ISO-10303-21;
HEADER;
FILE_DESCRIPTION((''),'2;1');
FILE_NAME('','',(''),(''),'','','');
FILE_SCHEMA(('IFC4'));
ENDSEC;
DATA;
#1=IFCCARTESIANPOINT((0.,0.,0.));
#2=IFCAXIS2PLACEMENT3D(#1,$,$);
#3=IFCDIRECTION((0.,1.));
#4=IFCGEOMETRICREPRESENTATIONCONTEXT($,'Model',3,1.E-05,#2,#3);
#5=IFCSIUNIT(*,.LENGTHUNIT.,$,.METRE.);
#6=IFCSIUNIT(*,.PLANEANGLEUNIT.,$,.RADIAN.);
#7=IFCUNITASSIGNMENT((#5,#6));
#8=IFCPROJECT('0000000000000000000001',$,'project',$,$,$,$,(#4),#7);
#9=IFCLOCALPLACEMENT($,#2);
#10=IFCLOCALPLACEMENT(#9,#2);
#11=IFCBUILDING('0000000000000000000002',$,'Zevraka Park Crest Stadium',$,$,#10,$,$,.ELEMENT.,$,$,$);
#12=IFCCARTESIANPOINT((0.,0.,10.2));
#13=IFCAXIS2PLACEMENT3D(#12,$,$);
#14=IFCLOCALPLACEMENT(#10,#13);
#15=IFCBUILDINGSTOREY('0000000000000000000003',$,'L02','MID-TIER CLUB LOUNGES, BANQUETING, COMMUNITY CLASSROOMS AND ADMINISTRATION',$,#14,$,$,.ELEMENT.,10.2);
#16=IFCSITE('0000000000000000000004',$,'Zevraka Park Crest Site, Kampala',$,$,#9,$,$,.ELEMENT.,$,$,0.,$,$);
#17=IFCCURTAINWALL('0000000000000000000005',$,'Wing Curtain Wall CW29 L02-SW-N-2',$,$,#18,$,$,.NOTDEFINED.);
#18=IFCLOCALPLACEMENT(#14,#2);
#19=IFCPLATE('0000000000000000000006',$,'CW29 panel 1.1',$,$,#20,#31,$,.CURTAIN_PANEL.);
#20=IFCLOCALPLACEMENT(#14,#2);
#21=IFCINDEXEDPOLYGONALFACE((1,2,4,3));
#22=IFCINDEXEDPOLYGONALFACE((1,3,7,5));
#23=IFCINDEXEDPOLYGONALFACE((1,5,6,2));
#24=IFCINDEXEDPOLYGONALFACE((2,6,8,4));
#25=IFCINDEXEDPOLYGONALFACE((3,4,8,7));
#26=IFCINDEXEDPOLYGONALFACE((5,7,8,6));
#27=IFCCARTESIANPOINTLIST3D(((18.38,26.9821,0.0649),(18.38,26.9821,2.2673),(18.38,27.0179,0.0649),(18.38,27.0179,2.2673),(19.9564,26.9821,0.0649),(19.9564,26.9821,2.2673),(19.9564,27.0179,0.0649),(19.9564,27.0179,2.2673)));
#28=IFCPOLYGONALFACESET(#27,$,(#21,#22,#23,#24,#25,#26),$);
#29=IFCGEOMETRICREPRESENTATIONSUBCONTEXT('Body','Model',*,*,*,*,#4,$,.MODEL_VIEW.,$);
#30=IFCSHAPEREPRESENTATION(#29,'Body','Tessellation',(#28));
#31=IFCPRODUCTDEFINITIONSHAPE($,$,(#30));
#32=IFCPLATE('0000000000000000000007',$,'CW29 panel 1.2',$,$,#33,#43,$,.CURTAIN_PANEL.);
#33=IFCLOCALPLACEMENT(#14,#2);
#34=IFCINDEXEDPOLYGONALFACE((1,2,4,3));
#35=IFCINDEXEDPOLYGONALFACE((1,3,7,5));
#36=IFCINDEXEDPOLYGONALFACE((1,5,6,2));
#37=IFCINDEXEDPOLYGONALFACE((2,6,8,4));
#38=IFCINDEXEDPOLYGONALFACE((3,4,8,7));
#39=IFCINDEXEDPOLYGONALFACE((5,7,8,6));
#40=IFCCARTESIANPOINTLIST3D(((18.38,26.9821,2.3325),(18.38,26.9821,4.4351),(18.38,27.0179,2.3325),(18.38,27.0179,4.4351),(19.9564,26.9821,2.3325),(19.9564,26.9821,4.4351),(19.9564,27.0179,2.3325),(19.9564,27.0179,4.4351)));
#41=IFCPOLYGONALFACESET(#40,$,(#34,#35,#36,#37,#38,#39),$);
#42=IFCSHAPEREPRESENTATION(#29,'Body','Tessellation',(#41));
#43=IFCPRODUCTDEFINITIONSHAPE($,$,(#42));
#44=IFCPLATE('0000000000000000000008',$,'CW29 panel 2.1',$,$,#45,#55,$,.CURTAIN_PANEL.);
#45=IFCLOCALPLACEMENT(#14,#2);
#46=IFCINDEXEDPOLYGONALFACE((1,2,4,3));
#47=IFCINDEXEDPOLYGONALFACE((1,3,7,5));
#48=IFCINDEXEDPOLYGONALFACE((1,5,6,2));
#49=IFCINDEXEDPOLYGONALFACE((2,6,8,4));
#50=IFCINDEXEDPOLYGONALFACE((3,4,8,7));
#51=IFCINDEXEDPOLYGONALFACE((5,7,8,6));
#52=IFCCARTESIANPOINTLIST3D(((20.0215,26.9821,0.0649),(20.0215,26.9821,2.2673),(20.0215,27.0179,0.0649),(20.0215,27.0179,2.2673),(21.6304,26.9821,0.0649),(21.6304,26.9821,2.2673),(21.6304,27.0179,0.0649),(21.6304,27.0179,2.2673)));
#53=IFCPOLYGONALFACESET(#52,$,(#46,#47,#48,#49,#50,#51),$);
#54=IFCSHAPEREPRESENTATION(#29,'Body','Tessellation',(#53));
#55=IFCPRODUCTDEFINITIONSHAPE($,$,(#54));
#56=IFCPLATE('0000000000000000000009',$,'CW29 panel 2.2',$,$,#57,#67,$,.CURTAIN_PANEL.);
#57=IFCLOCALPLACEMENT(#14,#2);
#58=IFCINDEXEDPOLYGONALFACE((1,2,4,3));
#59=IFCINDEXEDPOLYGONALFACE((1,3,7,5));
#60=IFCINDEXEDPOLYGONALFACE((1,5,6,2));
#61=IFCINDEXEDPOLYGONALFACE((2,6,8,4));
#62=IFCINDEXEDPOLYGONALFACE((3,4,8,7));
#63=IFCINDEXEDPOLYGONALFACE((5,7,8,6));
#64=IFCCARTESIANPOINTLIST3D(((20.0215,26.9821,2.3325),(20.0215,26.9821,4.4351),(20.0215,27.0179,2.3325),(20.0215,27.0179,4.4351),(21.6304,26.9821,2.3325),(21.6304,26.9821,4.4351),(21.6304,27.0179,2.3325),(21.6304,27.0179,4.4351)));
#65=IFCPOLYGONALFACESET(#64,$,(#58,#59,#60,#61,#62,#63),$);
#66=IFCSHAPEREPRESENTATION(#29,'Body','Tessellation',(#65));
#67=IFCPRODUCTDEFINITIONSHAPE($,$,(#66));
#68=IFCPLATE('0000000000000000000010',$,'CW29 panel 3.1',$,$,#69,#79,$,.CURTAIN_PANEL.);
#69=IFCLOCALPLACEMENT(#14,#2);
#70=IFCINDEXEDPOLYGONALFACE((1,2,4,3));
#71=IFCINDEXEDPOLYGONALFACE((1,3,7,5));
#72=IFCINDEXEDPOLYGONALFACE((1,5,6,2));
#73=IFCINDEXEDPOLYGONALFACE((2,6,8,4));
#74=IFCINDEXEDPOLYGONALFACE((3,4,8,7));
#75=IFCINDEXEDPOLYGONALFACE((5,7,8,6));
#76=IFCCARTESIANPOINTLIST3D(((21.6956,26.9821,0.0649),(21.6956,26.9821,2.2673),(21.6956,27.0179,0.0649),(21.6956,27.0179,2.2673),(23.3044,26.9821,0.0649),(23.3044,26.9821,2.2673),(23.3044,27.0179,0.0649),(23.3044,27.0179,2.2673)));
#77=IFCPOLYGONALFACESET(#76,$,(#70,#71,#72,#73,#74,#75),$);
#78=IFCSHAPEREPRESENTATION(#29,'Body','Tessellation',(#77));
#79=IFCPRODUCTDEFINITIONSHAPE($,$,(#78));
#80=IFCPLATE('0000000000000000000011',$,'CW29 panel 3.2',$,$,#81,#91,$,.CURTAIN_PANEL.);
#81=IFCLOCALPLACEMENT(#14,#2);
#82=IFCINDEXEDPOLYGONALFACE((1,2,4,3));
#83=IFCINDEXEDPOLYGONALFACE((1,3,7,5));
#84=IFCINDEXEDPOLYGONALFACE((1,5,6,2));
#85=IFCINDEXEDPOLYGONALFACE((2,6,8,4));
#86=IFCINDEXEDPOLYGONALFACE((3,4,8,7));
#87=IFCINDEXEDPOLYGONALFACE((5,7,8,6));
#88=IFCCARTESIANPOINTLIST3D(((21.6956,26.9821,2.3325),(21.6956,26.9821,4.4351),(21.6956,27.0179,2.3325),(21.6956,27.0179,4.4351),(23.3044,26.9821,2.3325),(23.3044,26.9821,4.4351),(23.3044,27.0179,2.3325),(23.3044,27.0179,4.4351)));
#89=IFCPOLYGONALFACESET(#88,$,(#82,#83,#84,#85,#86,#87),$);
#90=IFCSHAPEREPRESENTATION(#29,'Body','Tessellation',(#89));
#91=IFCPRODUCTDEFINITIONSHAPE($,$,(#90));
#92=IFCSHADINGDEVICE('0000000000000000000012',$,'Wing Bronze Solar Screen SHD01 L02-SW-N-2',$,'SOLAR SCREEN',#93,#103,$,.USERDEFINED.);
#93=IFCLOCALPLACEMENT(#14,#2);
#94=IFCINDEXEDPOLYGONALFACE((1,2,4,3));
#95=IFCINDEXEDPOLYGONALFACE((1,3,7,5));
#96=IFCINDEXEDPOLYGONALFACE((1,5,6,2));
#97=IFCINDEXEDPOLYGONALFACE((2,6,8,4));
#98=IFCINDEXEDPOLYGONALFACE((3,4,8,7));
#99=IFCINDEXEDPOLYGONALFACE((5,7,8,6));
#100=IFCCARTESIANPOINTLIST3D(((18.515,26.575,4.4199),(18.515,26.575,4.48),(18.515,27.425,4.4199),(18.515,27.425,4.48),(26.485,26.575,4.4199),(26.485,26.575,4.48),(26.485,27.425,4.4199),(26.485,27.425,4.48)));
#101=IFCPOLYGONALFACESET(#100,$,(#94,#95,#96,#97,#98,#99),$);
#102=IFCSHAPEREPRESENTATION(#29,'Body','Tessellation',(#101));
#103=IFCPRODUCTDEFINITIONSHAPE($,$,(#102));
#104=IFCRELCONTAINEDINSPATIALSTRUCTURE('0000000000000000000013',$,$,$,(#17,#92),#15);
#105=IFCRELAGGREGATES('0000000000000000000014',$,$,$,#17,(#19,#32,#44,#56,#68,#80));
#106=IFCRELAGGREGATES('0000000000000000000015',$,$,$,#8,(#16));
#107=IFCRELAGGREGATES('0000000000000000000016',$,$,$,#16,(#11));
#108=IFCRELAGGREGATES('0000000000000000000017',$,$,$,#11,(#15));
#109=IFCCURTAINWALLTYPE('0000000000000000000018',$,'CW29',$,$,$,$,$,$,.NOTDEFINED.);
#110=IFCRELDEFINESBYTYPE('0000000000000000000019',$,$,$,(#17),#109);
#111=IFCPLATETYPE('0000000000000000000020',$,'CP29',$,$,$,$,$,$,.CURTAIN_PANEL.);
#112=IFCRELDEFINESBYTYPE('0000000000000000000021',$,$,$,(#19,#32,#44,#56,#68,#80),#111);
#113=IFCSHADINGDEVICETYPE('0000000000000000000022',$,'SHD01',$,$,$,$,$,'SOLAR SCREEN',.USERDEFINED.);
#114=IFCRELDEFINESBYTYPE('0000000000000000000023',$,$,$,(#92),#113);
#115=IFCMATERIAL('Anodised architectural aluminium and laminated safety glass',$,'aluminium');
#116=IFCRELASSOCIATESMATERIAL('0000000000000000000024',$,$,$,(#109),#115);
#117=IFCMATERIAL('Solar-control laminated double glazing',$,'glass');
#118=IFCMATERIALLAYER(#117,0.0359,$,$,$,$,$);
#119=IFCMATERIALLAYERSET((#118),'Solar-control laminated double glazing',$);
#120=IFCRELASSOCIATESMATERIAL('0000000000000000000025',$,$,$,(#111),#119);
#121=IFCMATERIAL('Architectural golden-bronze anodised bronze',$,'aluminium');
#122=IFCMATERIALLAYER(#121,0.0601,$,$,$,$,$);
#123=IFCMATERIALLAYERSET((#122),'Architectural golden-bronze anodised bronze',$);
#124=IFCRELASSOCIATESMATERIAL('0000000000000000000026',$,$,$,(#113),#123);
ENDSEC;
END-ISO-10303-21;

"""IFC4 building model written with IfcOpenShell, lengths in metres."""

from ifc_helpers import new_model, si_unit, direction, frame, origin, origin_2d, place, context, subcontext, project, spatial, rectangle, extrude, material, layer, layer_set, type_object, element, aggregate, save


model = new_model("IFC4")

# Units and contexts
model_context = context("Model", 3, precision=1e-05, world=origin(), true_north=direction((0.0, 1.0)))
body_context = subcontext(model_context, "Body", "Model", "MODEL_VIEW")
ifc_project = project(units=[si_unit("LENGTHUNIT", "METRE"), si_unit("PLANEANGLEUNIT", "RADIAN")], contexts=[model_context])

# Site, building, storey
site_placement = place(None, origin())
site = spatial("IfcSite", under=ifc_project, at=site_placement, Name="Zevraka Park Crest Site, Kampala", CompositionType="ELEMENT", RefElevation=0.0)
building_placement = place(site_placement, origin())
building = spatial("IfcBuilding", under=site, at=building_placement, Name="Zevraka Park Crest Stadium", CompositionType="ELEMENT")
storey_placement = place(building_placement, frame((0.0, 0.0, 10.2)))
storey = spatial("IfcBuildingStorey", under=building, at=storey_placement, Name="L02", Description="MID-TIER CLUB LOUNGES, BANQUETING, COMMUNITY CLASSROOMS AND ADMINISTRATION", CompositionType="ELEMENT", Elevation=10.2)

# Curtain wall, plates
ifc_material_1 = material(Name="Anodised architectural aluminium and laminated safety glass", Category="aluminium")
curtain_wall_type = type_object("IfcCurtainWallType", Name="CW29", PredefinedType="NOTDEFINED", material=ifc_material_1)
curtain_wall_placement = place(storey_placement, origin())
curtain_wall = element("IfcCurtainWall", 1, at=curtain_wall_placement, inside=storey, type_object=curtain_wall_type, Name="Wing Curtain Wall CW29 L02-SW-N-2", PredefinedType="NOTDEFINED")
ifc_material_2 = material(Name="Solar-control laminated double glazing", Category="glass")
ifc_layer_1 = layer(ifc_material_2, 0.0359)
ifc_layer_set_1 = layer_set([ifc_layer_1], Name="Solar-control laminated double glazing")
plate_type = type_object("IfcPlateType", Name="CP29", PredefinedType="CURTAIN_PANEL", material=ifc_layer_set_1)
plate_1_placement = place(storey_placement, frame((19.1682, 27.0, 0.0649), z_axis=(0.0, 0.0, 1.0), x_axis=(1.0, 0.0, 0.0)))
plate_1 = element("IfcPlate", 2, at=plate_1_placement, type_object=plate_type, Name="CW29 panel 1.1", PredefinedType="CURTAIN_PANEL", context=body_context, shape_type="SweptSolid", body=[
    extrude(rectangle(XDim=1.5764, YDim=0.0359, at=origin_2d()), origin(), (0.0, 0.0, 1.0), 2.2024),
])
plate_2_placement = place(storey_placement, frame((19.1682, 27.0, 2.3325), z_axis=(0.0, 0.0, 1.0), x_axis=(1.0, 0.0, 0.0)))
plate_2 = element("IfcPlate", 3, at=plate_2_placement, type_object=plate_type, Name="CW29 panel 1.2", PredefinedType="CURTAIN_PANEL", context=body_context, shape_type="SweptSolid", body=[
    extrude(rectangle(XDim=1.5764, YDim=0.0359, at=origin_2d()), origin(), (0.0, 0.0, 1.0), 2.1025),
])
plate_3_placement = place(storey_placement, frame((20.8259, 27.0, 0.0649), z_axis=(0.0, 0.0, 1.0), x_axis=(1.0, 0.0, 0.0)))
plate_3 = element("IfcPlate", 4, at=plate_3_placement, type_object=plate_type, Name="CW29 panel 2.1", PredefinedType="CURTAIN_PANEL", context=body_context, shape_type="SweptSolid", body=[
    extrude(rectangle(XDim=1.6089, YDim=0.0359, at=origin_2d()), origin(), (0.0, 0.0, 1.0), 2.2024),
])
plate_4_placement = place(storey_placement, frame((20.8259, 27.0, 2.3325), z_axis=(0.0, 0.0, 1.0), x_axis=(1.0, 0.0, 0.0)))
plate_4 = element("IfcPlate", 5, at=plate_4_placement, type_object=plate_type, Name="CW29 panel 2.2", PredefinedType="CURTAIN_PANEL", context=body_context, shape_type="SweptSolid", body=[
    extrude(rectangle(XDim=1.6089, YDim=0.0359, at=origin_2d()), origin(), (0.0, 0.0, 1.0), 2.1025),
])
plate_5_placement = place(storey_placement, frame((22.5, 27.0, 0.0649), z_axis=(0.0, 0.0, 1.0), x_axis=(1.0, 0.0, 0.0)))
plate_5 = element("IfcPlate", 6, at=plate_5_placement, type_object=plate_type, Name="CW29 panel 3.1", PredefinedType="CURTAIN_PANEL", context=body_context, shape_type="SweptSolid", body=[
    extrude(rectangle(XDim=1.6089, YDim=0.0359, at=origin_2d()), origin(), (0.0, 0.0, 1.0), 2.2024),
])
plate_6_placement = place(storey_placement, frame((22.5, 27.0, 2.3325), z_axis=(0.0, 0.0, 1.0), x_axis=(1.0, 0.0, 0.0)))
plate_6 = element("IfcPlate", 7, at=plate_6_placement, type_object=plate_type, Name="CW29 panel 3.2", PredefinedType="CURTAIN_PANEL", context=body_context, shape_type="SweptSolid", body=[
    extrude(rectangle(XDim=1.6089, YDim=0.0359, at=origin_2d()), origin(), (0.0, 0.0, 1.0), 2.1025),
])
aggregate(curtain_wall, [plate_1, plate_2, plate_3, plate_4, plate_5, plate_6])

# Shading device
ifc_material_3 = material(Name="Architectural golden-bronze anodised bronze", Category="aluminium")
ifc_layer_2 = layer(ifc_material_3, 0.0601)
ifc_layer_set_2 = layer_set([ifc_layer_2], Name="Architectural golden-bronze anodised bronze")
shading_device_type = type_object("IfcShadingDeviceType", Name="SHD01", ElementType="SOLAR SCREEN", PredefinedType="USERDEFINED", material=ifc_layer_set_2)
shading_device_placement = place(storey_placement, frame((22.5, 27.0, 4.4199), z_axis=(0.0, 0.0, 1.0), x_axis=(1.0, 0.0, 0.0)))
element("IfcShadingDevice", 8, at=shading_device_placement, inside=storey, type_object=shading_device_type, Name="Wing Bronze Solar Screen SHD01 L02-SW-N-2", ObjectType="SOLAR SCREEN", PredefinedType="USERDEFINED", context=body_context, shape_type="SweptSolid", body=[
    extrude(rectangle(XDim=7.97, YDim=0.8501, at=origin_2d()), origin(), (0.0, 0.0, 1.0), 0.0601),
])

save(model, "model.ifc")
